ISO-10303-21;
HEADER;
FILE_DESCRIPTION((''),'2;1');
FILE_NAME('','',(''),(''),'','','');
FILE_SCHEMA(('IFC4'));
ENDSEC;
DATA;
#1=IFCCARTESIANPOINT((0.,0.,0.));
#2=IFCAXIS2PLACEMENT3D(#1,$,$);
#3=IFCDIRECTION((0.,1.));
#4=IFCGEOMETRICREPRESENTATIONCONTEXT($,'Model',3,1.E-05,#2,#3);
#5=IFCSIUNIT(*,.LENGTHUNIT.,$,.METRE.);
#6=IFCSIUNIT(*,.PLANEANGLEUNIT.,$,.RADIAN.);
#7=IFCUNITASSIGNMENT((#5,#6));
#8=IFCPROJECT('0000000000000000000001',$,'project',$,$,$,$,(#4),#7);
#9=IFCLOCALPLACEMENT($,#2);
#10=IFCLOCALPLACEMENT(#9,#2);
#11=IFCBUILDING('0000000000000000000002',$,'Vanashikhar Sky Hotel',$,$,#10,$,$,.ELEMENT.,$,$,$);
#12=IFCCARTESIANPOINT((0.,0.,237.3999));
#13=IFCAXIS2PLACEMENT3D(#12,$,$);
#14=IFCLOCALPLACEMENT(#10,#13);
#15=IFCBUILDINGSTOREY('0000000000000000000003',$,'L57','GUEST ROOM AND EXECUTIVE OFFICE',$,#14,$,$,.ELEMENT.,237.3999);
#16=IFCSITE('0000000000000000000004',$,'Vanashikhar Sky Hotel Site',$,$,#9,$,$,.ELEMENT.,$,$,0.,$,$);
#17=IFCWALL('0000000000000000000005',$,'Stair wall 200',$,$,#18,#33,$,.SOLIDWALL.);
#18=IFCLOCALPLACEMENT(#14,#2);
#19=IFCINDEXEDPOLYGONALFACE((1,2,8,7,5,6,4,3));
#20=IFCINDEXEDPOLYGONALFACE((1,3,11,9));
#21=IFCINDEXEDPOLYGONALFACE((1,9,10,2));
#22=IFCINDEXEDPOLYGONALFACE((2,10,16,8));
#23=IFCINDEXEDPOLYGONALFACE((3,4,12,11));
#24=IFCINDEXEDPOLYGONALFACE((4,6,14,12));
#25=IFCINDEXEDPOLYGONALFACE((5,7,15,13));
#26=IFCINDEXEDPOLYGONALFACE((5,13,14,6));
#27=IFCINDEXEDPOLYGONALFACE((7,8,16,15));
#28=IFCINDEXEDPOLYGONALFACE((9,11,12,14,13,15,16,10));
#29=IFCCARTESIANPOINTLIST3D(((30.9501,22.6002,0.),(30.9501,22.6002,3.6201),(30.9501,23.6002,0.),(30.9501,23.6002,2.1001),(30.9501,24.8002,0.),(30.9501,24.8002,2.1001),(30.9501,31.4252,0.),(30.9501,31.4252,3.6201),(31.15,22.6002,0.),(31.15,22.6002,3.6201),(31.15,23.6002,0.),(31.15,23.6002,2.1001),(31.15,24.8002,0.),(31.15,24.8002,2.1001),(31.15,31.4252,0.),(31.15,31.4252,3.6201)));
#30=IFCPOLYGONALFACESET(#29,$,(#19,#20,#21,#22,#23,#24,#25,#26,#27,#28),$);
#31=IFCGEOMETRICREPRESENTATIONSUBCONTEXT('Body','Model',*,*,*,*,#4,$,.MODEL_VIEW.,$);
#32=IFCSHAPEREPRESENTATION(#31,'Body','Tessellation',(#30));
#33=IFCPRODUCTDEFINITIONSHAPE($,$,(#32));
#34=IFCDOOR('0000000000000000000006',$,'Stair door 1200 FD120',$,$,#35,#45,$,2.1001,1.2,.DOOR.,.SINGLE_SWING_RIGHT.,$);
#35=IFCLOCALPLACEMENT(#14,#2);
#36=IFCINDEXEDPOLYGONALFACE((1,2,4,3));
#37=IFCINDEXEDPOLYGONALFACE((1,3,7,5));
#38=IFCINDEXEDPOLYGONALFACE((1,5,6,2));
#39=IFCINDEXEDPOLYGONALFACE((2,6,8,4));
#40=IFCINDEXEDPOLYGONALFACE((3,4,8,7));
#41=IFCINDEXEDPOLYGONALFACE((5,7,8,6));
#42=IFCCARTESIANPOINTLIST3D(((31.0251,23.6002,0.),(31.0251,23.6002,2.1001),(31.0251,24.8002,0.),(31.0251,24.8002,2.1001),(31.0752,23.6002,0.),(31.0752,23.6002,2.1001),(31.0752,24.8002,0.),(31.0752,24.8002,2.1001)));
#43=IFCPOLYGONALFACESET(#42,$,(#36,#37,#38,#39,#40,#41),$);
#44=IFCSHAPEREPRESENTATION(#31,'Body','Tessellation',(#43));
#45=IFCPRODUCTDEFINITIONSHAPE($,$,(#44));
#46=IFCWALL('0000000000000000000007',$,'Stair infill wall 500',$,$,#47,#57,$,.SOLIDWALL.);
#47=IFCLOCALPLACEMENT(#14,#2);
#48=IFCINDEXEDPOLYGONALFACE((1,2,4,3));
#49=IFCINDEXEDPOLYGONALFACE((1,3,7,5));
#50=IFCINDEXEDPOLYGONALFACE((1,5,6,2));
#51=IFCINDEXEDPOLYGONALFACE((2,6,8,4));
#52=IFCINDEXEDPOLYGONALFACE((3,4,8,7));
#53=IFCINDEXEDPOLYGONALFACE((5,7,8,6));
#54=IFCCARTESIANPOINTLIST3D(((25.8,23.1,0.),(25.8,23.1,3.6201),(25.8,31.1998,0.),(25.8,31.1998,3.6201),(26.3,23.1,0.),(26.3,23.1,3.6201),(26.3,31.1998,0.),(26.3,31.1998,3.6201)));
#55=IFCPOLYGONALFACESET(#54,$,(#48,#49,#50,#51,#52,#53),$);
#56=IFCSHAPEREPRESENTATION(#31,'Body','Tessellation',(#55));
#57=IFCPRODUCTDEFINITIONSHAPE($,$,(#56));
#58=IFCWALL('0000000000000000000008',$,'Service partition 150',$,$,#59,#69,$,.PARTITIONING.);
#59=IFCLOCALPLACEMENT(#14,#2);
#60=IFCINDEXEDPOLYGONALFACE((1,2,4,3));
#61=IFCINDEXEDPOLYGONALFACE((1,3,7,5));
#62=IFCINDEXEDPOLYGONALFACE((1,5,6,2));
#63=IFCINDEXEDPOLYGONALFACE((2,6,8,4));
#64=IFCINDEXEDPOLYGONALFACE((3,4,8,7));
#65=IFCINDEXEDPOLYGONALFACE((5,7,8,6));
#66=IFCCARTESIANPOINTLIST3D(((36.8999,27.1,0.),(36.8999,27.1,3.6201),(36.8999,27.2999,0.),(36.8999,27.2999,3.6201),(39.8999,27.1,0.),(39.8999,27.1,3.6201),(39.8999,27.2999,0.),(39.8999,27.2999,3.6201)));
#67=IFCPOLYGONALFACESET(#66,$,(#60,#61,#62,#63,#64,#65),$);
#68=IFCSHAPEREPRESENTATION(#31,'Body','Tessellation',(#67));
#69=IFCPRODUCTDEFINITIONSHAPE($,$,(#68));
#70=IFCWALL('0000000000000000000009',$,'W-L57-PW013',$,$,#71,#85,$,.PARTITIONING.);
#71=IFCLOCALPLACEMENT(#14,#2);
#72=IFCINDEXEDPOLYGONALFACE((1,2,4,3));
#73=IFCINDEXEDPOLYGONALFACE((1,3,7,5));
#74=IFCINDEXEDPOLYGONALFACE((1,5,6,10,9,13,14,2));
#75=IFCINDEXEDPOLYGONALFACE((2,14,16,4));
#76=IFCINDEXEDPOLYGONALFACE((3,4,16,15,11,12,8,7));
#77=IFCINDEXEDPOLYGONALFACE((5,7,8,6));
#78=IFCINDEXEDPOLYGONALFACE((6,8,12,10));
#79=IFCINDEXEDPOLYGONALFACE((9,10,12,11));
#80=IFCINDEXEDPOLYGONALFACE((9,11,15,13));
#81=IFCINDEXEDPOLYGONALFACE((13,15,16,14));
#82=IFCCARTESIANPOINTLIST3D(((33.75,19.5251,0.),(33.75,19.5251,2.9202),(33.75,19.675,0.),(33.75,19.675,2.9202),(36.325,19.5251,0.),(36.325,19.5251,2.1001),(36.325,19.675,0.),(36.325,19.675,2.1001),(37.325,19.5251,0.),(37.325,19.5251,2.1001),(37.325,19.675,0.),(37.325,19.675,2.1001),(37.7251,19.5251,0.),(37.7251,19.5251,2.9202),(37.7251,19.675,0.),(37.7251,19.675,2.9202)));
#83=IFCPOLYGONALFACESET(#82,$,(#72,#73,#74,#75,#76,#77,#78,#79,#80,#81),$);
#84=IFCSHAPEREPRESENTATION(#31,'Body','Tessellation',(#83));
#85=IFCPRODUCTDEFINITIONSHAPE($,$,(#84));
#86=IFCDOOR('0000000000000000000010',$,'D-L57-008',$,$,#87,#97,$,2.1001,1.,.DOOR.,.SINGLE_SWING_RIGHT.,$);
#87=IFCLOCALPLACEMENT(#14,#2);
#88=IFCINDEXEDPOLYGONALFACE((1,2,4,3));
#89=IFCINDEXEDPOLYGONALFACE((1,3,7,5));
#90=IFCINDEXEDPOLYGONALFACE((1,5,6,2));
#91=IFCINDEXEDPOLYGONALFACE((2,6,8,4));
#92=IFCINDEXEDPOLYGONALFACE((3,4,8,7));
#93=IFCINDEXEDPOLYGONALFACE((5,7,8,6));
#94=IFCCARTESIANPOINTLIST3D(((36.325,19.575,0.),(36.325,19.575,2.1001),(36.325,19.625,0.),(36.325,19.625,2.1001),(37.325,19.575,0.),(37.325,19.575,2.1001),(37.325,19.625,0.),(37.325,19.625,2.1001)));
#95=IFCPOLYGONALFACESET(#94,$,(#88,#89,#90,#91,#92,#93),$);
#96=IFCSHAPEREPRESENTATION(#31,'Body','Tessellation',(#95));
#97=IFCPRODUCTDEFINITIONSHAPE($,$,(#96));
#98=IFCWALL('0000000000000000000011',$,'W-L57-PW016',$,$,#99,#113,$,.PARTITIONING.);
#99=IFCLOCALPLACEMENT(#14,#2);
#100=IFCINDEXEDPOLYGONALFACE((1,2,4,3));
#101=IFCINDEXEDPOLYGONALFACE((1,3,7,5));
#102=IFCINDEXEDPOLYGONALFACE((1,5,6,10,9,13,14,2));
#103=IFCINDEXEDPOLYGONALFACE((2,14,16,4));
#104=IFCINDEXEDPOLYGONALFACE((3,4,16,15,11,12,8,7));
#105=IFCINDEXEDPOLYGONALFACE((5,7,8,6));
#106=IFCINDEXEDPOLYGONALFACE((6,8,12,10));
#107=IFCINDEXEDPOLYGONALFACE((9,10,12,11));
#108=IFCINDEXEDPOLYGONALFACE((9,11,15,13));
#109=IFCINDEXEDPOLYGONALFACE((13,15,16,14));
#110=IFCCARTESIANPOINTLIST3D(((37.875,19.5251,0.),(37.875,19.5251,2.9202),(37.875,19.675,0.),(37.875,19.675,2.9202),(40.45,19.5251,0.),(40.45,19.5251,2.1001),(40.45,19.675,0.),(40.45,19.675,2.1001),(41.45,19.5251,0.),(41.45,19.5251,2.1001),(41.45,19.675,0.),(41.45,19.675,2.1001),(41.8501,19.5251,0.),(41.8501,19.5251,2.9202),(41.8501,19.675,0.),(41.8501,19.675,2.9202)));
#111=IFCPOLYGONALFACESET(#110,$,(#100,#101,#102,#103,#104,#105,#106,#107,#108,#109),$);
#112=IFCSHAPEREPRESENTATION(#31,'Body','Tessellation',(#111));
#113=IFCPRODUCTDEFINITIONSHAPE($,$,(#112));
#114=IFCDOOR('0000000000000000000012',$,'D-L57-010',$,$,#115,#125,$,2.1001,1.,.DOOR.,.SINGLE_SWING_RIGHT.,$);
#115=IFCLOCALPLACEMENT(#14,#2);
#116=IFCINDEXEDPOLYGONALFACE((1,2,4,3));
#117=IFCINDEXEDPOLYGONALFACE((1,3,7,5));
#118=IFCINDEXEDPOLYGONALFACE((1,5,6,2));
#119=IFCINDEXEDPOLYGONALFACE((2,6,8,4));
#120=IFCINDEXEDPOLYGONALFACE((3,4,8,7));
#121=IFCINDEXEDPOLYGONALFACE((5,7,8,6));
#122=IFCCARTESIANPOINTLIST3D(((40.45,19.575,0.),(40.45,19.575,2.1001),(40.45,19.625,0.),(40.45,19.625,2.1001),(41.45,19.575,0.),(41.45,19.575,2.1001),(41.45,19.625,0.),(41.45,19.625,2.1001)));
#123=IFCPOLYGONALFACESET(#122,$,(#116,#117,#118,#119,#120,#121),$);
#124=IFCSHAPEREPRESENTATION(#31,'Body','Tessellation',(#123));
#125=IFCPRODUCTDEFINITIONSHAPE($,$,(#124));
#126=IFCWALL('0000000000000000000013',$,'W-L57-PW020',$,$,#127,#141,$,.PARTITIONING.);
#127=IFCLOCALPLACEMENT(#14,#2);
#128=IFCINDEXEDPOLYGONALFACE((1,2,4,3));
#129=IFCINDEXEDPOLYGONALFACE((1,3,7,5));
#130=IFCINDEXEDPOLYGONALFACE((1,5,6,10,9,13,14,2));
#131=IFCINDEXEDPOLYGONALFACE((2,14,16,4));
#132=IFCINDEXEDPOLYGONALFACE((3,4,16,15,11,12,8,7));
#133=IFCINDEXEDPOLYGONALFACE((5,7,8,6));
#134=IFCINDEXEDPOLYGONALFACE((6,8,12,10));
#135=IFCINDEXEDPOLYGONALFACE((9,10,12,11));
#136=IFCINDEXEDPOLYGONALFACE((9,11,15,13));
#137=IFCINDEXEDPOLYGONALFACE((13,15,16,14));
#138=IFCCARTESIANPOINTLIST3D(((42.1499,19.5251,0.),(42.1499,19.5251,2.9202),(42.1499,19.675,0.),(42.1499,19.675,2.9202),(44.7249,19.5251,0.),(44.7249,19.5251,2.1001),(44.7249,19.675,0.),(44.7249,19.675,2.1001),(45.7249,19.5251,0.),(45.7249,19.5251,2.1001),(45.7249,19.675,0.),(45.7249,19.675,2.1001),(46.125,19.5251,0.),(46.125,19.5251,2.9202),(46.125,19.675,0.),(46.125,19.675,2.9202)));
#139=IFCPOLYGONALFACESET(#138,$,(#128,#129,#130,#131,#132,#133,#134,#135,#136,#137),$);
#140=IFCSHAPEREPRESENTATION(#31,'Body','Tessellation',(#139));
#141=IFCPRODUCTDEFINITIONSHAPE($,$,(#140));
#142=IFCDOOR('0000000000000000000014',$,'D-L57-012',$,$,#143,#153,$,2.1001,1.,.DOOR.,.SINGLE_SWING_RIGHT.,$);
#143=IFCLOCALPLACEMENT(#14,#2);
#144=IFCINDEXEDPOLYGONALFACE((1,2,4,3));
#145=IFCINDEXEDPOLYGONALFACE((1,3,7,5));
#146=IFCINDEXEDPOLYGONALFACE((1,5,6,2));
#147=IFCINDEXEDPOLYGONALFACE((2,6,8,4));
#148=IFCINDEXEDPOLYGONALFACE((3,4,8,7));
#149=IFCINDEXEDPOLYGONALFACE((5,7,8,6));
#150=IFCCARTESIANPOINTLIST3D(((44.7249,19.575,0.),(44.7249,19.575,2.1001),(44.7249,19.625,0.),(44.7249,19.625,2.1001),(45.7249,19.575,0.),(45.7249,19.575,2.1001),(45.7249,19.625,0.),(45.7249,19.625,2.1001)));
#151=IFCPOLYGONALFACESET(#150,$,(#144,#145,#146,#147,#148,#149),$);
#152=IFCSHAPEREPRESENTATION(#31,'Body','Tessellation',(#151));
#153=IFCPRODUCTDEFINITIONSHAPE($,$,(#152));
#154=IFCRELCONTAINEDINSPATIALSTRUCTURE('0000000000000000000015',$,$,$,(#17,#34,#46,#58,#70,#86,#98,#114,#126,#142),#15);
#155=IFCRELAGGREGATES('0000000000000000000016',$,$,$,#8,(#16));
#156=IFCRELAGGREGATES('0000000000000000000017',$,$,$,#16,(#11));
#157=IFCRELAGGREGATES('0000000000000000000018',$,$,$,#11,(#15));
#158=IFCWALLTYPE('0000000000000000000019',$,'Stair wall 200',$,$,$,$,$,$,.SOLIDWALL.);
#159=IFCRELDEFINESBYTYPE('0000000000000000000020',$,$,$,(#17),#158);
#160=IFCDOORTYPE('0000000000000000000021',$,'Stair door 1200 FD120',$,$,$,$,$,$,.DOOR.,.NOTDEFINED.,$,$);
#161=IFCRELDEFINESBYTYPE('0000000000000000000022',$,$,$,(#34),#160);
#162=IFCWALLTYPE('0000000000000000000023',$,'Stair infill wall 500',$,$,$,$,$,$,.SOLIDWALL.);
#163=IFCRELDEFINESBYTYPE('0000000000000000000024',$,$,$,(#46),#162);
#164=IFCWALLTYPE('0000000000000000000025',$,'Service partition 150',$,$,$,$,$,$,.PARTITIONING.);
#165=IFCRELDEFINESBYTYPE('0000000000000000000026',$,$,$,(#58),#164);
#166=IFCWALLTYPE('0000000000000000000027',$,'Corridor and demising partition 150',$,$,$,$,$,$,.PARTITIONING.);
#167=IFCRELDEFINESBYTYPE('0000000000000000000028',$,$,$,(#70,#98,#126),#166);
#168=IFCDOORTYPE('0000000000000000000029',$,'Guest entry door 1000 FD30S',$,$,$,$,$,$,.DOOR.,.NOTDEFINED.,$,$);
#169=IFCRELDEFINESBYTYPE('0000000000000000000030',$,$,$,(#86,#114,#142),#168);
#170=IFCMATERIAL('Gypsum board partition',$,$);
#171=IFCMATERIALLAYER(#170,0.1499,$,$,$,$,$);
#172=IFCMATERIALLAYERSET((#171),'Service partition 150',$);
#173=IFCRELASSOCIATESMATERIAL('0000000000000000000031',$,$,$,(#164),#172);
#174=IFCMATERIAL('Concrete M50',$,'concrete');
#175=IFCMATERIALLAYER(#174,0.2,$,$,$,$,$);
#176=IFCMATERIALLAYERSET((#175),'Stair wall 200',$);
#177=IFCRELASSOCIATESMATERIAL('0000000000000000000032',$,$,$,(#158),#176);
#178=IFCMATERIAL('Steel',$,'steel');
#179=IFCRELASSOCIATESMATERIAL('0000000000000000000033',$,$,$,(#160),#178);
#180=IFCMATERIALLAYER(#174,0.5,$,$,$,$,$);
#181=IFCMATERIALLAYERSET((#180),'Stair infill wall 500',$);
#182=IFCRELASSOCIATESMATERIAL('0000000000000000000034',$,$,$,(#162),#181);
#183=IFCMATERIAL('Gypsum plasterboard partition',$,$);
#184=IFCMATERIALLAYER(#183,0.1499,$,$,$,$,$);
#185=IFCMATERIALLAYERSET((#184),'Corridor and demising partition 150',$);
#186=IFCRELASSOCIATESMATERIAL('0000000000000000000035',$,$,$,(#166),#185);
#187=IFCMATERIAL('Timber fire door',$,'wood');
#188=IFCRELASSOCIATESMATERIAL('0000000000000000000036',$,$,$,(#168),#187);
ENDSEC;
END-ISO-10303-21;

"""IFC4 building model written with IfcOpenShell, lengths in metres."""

from ifc_helpers import new_model, si_unit, direction, frame, frame_2d, origin, place, context, subcontext, project, spatial, rectangle, extrude, source, transform, mapped, material, layer, layer_set, type_object, element, fill, save


model = new_model("IFC4")

# Units and contexts
model_context = context("Model", 3, precision=1e-05, world=origin(), true_north=direction((0.0, 1.0)))
body_context = subcontext(model_context, "Body", "Model", "MODEL_VIEW")
ifc_project = project(units=[si_unit("LENGTHUNIT", "METRE"), si_unit("PLANEANGLEUNIT", "RADIAN")], contexts=[model_context])

# Site, building, storey
site_placement = place(None, origin())
site = spatial("IfcSite", under=ifc_project, at=site_placement, Name="Vanashikhar Sky Hotel Site", CompositionType="ELEMENT", RefElevation=0.0)
building_placement = place(site_placement, origin())
building = spatial("IfcBuilding", under=site, at=building_placement, Name="Vanashikhar Sky Hotel", CompositionType="ELEMENT")
storey_placement = place(building_placement, frame((0.0, 0.0, 237.3999)))
storey = spatial("IfcBuildingStorey", under=building, at=storey_placement, Name="L57", Description="GUEST ROOM AND EXECUTIVE OFFICE", CompositionType="ELEMENT", Elevation=237.3999)

# Shared definitions
ifc_material_1 = material(Name="Steel", Category="steel")

# Shared definitions
ifc_material_2 = material(Name="Gypsum board partition")
ifc_layer_1 = layer(ifc_material_2, 0.1499)
ifc_layer_set_1 = layer_set([ifc_layer_1], Name="Service partition 150")
wall_type_1 = type_object("IfcWallType", Name="Service partition 150", PredefinedType="PARTITIONING", material=ifc_layer_set_1)

# Wall, opening, door
ifc_material_3 = material(Name="Concrete M50", Category="concrete")
ifc_layer_2 = layer(ifc_material_3, 0.2)
ifc_layer_set_2 = layer_set([ifc_layer_2], Name="Stair wall 200")
wall_type_2 = type_object("IfcWallType", Name="Stair wall 200", PredefinedType="SOLIDWALL", material=ifc_layer_set_2)
shared_shape_1 = source(origin(), body_context, "Body", "SweptSolid", [
    extrude(rectangle(XDim=8.825, YDim=0.2, at=frame_2d((4.4126, 0.0))), origin(), (0.0, 0.0, 1.0), 3.6201),
])
wall_1_placement = place(storey_placement, frame((31.05, 22.6001, 0.0), z_axis=(0.0, 0.0, 1.0), x_axis=(0.0, 1.0, 0.0)))
wall_1 = element("IfcWall", 1, at=wall_1_placement, inside=storey, type_object=wall_type_2, Name="Stair wall 200", PredefinedType="SOLIDWALL", context=body_context, shape_type="MappedRepresentation", body=[
    mapped(shared_shape_1, transform((0.0, 0.0, 0.0), scale=1.0)),
])
shared_shape_2 = source(origin(), body_context, "Body", "SweptSolid", [
    extrude(rectangle(XDim=1.2, YDim=2.1001, at=frame_2d((0.6001, 1.05))), frame((0.0, 0.1099, 0.0), z_axis=(0.0, -1.0, 0.0), x_axis=(1.0, 0.0, 0.0)), (0.0, 0.0, 1.0), 0.22),
])
opening_1_placement = place(wall_1_placement, frame((1.0, 0.0, 0.0)))
opening_1 = element("IfcOpeningElement", 2, at=opening_1_placement, cuts=wall_1, PredefinedType="OPENING", context=body_context, shape_type="MappedRepresentation", body=[
    mapped(shared_shape_2, transform((0.0, 0.0, 0.0), scale=1.0)),
])
door_type_1 = type_object("IfcDoorType", Name="Stair door 1200 FD120", OperationType="NOTDEFINED", PredefinedType="DOOR", material=ifc_material_1)
shared_shape_3 = source(origin(), body_context, "Body", "SweptSolid", [
    extrude(rectangle(XDim=1.2, YDim=2.1001, at=frame_2d((0.6001, 1.05))), frame((0.0, 0.0249, 0.0), z_axis=(0.0, -1.0, 0.0), x_axis=(1.0, 0.0, 0.0)), (0.0, 0.0, 1.0), 0.05),
])
door_1_placement = place(opening_1_placement, origin())
door_1 = element("IfcDoor", 3, at=door_1_placement, inside=storey, type_object=door_type_1, Name="Stair door 1200 FD120", OperationType="SINGLE_SWING_RIGHT", OverallHeight=2.1001, OverallWidth=1.2, PredefinedType="DOOR", context=body_context, shape_type="MappedRepresentation", body=[
    mapped(shared_shape_3, transform((0.0, 0.0, 0.0), scale=1.0)),
])
fill(opening_1, door_1)

# Walls
ifc_layer_3 = layer(ifc_material_3, 0.5)
ifc_layer_set_3 = layer_set([ifc_layer_3], Name="Stair infill wall 500")
wall_type_3 = type_object("IfcWallType", Name="Stair infill wall 500", PredefinedType="SOLIDWALL", material=ifc_layer_set_3)
shared_shape_4 = source(origin(), body_context, "Body", "SweptSolid", [
    extrude(rectangle(XDim=8.0999, YDim=0.5, at=frame_2d((4.0498, 0.0))), origin(), (0.0, 0.0, 1.0), 3.6201),
])
wall_2_placement = place(storey_placement, frame((26.05, 23.1001, 0.0), z_axis=(0.0, 0.0, 1.0), x_axis=(0.0, 1.0, 0.0)))
element("IfcWall", 4, at=wall_2_placement, inside=storey, type_object=wall_type_3, Name="Stair infill wall 500", PredefinedType="SOLIDWALL", context=body_context, shape_type="MappedRepresentation", body=[
    mapped(shared_shape_4, transform((0.0, 0.0, 0.0), scale=1.0)),
])
shared_shape_5 = source(origin(), body_context, "Body", "SweptSolid", [
    extrude(rectangle(XDim=3.0, YDim=0.2, at=frame_2d((1.5, 0.0))), origin(), (0.0, 0.0, 1.0), 3.6201),
])
wall_3_placement = place(storey_placement, frame((36.8999, 27.2, 0.0), z_axis=(0.0, 0.0, 1.0), x_axis=(1.0, 0.0, 0.0)))
element("IfcWall", 5, at=wall_3_placement, inside=storey, type_object=wall_type_1, Name="Service partition 150", PredefinedType="PARTITIONING", context=body_context, shape_type="MappedRepresentation", body=[
    mapped(shared_shape_5, transform((0.0, 0.0, 0.0), scale=1.0)),
])

# Walls, openings, doors
ifc_material_4 = material(Name="Gypsum plasterboard partition")
ifc_layer_4 = layer(ifc_material_4, 0.1499)
ifc_layer_set_4 = layer_set([ifc_layer_4], Name="Corridor and demising partition 150")
wall_type_4 = type_object("IfcWallType", Name="Corridor and demising partition 150", PredefinedType="PARTITIONING", material=ifc_layer_set_4)
shared_shape_6 = source(origin(), body_context, "Body", "SweptSolid", [
    extrude(rectangle(XDim=3.9751, YDim=0.1499, at=frame_2d((1.9875, 0.0))), origin(), (0.0, 0.0, 1.0), 2.9202),
])
wall_4_placement = place(storey_placement, frame((33.75, 19.6001, 0.0), z_axis=(0.0, 0.0, 1.0), x_axis=(1.0, 0.0, 0.0)))
wall_4 = element("IfcWall", 6, at=wall_4_placement, inside=storey, type_object=wall_type_4, Name="W-L57-PW013", PredefinedType="PARTITIONING", context=body_context, shape_type="MappedRepresentation", body=[
    mapped(shared_shape_6, transform((0.0, 0.0, 0.0), scale=1.0)),
])
shared_shape_7 = source(origin(), body_context, "Body", "SweptSolid", [
    extrude(rectangle(XDim=1.0, YDim=2.1001, at=frame_2d((0.5, 1.05))), frame((0.0, 0.085, 0.0), z_axis=(0.0, -1.0, 0.0), x_axis=(1.0, 0.0, 0.0)), (0.0, 0.0, 1.0), 0.1699),
])
opening_2_placement = place(wall_4_placement, frame((2.575, 0.0, 0.0)))
opening_2 = element("IfcOpeningElement", 7, at=opening_2_placement, cuts=wall_4, PredefinedType="OPENING", context=body_context, shape_type="MappedRepresentation", body=[
    mapped(shared_shape_7, transform((0.0, 0.0, 0.0), scale=1.0)),
])
ifc_material_5 = material(Name="Timber fire door", Category="wood")
door_type_2 = type_object("IfcDoorType", Name="Guest entry door 1000 FD30S", OperationType="NOTDEFINED", PredefinedType="DOOR", material=ifc_material_5)
shared_shape_8 = source(origin(), body_context, "Body", "SweptSolid", [
    extrude(rectangle(XDim=1.0, YDim=2.1001, at=frame_2d((0.5, 1.05))), frame((0.0, 0.0249, 0.0), z_axis=(0.0, -1.0, 0.0), x_axis=(1.0, 0.0, 0.0)), (0.0, 0.0, 1.0), 0.05),
])
door_2_placement = place(opening_2_placement, origin())
door_2 = element("IfcDoor", 8, at=door_2_placement, inside=storey, type_object=door_type_2, Name="D-L57-008", OperationType="SINGLE_SWING_RIGHT", OverallHeight=2.1001, OverallWidth=1.0, PredefinedType="DOOR", context=body_context, shape_type="MappedRepresentation", body=[
    mapped(shared_shape_8, transform((0.0, 0.0, 0.0), scale=1.0)),
])
fill(opening_2, door_2)
wall_5_placement = place(storey_placement, frame((37.875, 19.6001, 0.0), z_axis=(0.0, 0.0, 1.0), x_axis=(1.0, 0.0, 0.0)))
wall_5 = element("IfcWall", 9, at=wall_5_placement, inside=storey, type_object=wall_type_4, Name="W-L57-PW016", PredefinedType="PARTITIONING", context=body_context, shape_type="MappedRepresentation", body=[
    mapped(shared_shape_6, transform((0.0, 0.0, 0.0), scale=1.0)),
])
opening_3_placement = place(wall_5_placement, frame((2.575, 0.0, 0.0)))
opening_3 = element("IfcOpeningElement", 10, at=opening_3_placement, cuts=wall_5, PredefinedType="OPENING", context=body_context, shape_type="MappedRepresentation", body=[
    mapped(shared_shape_7, transform((0.0, 0.0, 0.0), scale=1.0)),
])
door_3_placement = place(opening_3_placement, origin())
door_3 = element("IfcDoor", 11, at=door_3_placement, inside=storey, type_object=door_type_2, Name="D-L57-010", OperationType="SINGLE_SWING_RIGHT", OverallHeight=2.1001, OverallWidth=1.0, PredefinedType="DOOR", context=body_context, shape_type="MappedRepresentation", body=[
    mapped(shared_shape_8, transform((0.0, 0.0, 0.0), scale=1.0)),
])
fill(opening_3, door_3)
wall_6_placement = place(storey_placement, frame((42.1499, 19.6001, 0.0), z_axis=(0.0, 0.0, 1.0), x_axis=(1.0, 0.0, 0.0)))
wall_6 = element("IfcWall", 12, at=wall_6_placement, inside=storey, type_object=wall_type_4, Name="W-L57-PW020", PredefinedType="PARTITIONING", context=body_context, shape_type="MappedRepresentation", body=[
    mapped(shared_shape_6, transform((0.0, 0.0, 0.0), scale=1.0)),
])
opening_4_placement = place(wall_6_placement, frame((2.575, 0.0, 0.0)))
opening_4 = element("IfcOpeningElement", 13, at=opening_4_placement, cuts=wall_6, PredefinedType="OPENING", context=body_context, shape_type="MappedRepresentation", body=[
    mapped(shared_shape_7, transform((0.0, 0.0, 0.0), scale=1.0)),
])
door_4_placement = place(opening_4_placement, origin())
door_4 = element("IfcDoor", 14, at=door_4_placement, inside=storey, type_object=door_type_2, Name="D-L57-012", OperationType="SINGLE_SWING_RIGHT", OverallHeight=2.1001, OverallWidth=1.0, PredefinedType="DOOR", context=body_context, shape_type="MappedRepresentation", body=[
    mapped(shared_shape_8, transform((0.0, 0.0, 0.0), scale=1.0)),
])
fill(opening_4, door_4)

save(model, "model.ifc")
